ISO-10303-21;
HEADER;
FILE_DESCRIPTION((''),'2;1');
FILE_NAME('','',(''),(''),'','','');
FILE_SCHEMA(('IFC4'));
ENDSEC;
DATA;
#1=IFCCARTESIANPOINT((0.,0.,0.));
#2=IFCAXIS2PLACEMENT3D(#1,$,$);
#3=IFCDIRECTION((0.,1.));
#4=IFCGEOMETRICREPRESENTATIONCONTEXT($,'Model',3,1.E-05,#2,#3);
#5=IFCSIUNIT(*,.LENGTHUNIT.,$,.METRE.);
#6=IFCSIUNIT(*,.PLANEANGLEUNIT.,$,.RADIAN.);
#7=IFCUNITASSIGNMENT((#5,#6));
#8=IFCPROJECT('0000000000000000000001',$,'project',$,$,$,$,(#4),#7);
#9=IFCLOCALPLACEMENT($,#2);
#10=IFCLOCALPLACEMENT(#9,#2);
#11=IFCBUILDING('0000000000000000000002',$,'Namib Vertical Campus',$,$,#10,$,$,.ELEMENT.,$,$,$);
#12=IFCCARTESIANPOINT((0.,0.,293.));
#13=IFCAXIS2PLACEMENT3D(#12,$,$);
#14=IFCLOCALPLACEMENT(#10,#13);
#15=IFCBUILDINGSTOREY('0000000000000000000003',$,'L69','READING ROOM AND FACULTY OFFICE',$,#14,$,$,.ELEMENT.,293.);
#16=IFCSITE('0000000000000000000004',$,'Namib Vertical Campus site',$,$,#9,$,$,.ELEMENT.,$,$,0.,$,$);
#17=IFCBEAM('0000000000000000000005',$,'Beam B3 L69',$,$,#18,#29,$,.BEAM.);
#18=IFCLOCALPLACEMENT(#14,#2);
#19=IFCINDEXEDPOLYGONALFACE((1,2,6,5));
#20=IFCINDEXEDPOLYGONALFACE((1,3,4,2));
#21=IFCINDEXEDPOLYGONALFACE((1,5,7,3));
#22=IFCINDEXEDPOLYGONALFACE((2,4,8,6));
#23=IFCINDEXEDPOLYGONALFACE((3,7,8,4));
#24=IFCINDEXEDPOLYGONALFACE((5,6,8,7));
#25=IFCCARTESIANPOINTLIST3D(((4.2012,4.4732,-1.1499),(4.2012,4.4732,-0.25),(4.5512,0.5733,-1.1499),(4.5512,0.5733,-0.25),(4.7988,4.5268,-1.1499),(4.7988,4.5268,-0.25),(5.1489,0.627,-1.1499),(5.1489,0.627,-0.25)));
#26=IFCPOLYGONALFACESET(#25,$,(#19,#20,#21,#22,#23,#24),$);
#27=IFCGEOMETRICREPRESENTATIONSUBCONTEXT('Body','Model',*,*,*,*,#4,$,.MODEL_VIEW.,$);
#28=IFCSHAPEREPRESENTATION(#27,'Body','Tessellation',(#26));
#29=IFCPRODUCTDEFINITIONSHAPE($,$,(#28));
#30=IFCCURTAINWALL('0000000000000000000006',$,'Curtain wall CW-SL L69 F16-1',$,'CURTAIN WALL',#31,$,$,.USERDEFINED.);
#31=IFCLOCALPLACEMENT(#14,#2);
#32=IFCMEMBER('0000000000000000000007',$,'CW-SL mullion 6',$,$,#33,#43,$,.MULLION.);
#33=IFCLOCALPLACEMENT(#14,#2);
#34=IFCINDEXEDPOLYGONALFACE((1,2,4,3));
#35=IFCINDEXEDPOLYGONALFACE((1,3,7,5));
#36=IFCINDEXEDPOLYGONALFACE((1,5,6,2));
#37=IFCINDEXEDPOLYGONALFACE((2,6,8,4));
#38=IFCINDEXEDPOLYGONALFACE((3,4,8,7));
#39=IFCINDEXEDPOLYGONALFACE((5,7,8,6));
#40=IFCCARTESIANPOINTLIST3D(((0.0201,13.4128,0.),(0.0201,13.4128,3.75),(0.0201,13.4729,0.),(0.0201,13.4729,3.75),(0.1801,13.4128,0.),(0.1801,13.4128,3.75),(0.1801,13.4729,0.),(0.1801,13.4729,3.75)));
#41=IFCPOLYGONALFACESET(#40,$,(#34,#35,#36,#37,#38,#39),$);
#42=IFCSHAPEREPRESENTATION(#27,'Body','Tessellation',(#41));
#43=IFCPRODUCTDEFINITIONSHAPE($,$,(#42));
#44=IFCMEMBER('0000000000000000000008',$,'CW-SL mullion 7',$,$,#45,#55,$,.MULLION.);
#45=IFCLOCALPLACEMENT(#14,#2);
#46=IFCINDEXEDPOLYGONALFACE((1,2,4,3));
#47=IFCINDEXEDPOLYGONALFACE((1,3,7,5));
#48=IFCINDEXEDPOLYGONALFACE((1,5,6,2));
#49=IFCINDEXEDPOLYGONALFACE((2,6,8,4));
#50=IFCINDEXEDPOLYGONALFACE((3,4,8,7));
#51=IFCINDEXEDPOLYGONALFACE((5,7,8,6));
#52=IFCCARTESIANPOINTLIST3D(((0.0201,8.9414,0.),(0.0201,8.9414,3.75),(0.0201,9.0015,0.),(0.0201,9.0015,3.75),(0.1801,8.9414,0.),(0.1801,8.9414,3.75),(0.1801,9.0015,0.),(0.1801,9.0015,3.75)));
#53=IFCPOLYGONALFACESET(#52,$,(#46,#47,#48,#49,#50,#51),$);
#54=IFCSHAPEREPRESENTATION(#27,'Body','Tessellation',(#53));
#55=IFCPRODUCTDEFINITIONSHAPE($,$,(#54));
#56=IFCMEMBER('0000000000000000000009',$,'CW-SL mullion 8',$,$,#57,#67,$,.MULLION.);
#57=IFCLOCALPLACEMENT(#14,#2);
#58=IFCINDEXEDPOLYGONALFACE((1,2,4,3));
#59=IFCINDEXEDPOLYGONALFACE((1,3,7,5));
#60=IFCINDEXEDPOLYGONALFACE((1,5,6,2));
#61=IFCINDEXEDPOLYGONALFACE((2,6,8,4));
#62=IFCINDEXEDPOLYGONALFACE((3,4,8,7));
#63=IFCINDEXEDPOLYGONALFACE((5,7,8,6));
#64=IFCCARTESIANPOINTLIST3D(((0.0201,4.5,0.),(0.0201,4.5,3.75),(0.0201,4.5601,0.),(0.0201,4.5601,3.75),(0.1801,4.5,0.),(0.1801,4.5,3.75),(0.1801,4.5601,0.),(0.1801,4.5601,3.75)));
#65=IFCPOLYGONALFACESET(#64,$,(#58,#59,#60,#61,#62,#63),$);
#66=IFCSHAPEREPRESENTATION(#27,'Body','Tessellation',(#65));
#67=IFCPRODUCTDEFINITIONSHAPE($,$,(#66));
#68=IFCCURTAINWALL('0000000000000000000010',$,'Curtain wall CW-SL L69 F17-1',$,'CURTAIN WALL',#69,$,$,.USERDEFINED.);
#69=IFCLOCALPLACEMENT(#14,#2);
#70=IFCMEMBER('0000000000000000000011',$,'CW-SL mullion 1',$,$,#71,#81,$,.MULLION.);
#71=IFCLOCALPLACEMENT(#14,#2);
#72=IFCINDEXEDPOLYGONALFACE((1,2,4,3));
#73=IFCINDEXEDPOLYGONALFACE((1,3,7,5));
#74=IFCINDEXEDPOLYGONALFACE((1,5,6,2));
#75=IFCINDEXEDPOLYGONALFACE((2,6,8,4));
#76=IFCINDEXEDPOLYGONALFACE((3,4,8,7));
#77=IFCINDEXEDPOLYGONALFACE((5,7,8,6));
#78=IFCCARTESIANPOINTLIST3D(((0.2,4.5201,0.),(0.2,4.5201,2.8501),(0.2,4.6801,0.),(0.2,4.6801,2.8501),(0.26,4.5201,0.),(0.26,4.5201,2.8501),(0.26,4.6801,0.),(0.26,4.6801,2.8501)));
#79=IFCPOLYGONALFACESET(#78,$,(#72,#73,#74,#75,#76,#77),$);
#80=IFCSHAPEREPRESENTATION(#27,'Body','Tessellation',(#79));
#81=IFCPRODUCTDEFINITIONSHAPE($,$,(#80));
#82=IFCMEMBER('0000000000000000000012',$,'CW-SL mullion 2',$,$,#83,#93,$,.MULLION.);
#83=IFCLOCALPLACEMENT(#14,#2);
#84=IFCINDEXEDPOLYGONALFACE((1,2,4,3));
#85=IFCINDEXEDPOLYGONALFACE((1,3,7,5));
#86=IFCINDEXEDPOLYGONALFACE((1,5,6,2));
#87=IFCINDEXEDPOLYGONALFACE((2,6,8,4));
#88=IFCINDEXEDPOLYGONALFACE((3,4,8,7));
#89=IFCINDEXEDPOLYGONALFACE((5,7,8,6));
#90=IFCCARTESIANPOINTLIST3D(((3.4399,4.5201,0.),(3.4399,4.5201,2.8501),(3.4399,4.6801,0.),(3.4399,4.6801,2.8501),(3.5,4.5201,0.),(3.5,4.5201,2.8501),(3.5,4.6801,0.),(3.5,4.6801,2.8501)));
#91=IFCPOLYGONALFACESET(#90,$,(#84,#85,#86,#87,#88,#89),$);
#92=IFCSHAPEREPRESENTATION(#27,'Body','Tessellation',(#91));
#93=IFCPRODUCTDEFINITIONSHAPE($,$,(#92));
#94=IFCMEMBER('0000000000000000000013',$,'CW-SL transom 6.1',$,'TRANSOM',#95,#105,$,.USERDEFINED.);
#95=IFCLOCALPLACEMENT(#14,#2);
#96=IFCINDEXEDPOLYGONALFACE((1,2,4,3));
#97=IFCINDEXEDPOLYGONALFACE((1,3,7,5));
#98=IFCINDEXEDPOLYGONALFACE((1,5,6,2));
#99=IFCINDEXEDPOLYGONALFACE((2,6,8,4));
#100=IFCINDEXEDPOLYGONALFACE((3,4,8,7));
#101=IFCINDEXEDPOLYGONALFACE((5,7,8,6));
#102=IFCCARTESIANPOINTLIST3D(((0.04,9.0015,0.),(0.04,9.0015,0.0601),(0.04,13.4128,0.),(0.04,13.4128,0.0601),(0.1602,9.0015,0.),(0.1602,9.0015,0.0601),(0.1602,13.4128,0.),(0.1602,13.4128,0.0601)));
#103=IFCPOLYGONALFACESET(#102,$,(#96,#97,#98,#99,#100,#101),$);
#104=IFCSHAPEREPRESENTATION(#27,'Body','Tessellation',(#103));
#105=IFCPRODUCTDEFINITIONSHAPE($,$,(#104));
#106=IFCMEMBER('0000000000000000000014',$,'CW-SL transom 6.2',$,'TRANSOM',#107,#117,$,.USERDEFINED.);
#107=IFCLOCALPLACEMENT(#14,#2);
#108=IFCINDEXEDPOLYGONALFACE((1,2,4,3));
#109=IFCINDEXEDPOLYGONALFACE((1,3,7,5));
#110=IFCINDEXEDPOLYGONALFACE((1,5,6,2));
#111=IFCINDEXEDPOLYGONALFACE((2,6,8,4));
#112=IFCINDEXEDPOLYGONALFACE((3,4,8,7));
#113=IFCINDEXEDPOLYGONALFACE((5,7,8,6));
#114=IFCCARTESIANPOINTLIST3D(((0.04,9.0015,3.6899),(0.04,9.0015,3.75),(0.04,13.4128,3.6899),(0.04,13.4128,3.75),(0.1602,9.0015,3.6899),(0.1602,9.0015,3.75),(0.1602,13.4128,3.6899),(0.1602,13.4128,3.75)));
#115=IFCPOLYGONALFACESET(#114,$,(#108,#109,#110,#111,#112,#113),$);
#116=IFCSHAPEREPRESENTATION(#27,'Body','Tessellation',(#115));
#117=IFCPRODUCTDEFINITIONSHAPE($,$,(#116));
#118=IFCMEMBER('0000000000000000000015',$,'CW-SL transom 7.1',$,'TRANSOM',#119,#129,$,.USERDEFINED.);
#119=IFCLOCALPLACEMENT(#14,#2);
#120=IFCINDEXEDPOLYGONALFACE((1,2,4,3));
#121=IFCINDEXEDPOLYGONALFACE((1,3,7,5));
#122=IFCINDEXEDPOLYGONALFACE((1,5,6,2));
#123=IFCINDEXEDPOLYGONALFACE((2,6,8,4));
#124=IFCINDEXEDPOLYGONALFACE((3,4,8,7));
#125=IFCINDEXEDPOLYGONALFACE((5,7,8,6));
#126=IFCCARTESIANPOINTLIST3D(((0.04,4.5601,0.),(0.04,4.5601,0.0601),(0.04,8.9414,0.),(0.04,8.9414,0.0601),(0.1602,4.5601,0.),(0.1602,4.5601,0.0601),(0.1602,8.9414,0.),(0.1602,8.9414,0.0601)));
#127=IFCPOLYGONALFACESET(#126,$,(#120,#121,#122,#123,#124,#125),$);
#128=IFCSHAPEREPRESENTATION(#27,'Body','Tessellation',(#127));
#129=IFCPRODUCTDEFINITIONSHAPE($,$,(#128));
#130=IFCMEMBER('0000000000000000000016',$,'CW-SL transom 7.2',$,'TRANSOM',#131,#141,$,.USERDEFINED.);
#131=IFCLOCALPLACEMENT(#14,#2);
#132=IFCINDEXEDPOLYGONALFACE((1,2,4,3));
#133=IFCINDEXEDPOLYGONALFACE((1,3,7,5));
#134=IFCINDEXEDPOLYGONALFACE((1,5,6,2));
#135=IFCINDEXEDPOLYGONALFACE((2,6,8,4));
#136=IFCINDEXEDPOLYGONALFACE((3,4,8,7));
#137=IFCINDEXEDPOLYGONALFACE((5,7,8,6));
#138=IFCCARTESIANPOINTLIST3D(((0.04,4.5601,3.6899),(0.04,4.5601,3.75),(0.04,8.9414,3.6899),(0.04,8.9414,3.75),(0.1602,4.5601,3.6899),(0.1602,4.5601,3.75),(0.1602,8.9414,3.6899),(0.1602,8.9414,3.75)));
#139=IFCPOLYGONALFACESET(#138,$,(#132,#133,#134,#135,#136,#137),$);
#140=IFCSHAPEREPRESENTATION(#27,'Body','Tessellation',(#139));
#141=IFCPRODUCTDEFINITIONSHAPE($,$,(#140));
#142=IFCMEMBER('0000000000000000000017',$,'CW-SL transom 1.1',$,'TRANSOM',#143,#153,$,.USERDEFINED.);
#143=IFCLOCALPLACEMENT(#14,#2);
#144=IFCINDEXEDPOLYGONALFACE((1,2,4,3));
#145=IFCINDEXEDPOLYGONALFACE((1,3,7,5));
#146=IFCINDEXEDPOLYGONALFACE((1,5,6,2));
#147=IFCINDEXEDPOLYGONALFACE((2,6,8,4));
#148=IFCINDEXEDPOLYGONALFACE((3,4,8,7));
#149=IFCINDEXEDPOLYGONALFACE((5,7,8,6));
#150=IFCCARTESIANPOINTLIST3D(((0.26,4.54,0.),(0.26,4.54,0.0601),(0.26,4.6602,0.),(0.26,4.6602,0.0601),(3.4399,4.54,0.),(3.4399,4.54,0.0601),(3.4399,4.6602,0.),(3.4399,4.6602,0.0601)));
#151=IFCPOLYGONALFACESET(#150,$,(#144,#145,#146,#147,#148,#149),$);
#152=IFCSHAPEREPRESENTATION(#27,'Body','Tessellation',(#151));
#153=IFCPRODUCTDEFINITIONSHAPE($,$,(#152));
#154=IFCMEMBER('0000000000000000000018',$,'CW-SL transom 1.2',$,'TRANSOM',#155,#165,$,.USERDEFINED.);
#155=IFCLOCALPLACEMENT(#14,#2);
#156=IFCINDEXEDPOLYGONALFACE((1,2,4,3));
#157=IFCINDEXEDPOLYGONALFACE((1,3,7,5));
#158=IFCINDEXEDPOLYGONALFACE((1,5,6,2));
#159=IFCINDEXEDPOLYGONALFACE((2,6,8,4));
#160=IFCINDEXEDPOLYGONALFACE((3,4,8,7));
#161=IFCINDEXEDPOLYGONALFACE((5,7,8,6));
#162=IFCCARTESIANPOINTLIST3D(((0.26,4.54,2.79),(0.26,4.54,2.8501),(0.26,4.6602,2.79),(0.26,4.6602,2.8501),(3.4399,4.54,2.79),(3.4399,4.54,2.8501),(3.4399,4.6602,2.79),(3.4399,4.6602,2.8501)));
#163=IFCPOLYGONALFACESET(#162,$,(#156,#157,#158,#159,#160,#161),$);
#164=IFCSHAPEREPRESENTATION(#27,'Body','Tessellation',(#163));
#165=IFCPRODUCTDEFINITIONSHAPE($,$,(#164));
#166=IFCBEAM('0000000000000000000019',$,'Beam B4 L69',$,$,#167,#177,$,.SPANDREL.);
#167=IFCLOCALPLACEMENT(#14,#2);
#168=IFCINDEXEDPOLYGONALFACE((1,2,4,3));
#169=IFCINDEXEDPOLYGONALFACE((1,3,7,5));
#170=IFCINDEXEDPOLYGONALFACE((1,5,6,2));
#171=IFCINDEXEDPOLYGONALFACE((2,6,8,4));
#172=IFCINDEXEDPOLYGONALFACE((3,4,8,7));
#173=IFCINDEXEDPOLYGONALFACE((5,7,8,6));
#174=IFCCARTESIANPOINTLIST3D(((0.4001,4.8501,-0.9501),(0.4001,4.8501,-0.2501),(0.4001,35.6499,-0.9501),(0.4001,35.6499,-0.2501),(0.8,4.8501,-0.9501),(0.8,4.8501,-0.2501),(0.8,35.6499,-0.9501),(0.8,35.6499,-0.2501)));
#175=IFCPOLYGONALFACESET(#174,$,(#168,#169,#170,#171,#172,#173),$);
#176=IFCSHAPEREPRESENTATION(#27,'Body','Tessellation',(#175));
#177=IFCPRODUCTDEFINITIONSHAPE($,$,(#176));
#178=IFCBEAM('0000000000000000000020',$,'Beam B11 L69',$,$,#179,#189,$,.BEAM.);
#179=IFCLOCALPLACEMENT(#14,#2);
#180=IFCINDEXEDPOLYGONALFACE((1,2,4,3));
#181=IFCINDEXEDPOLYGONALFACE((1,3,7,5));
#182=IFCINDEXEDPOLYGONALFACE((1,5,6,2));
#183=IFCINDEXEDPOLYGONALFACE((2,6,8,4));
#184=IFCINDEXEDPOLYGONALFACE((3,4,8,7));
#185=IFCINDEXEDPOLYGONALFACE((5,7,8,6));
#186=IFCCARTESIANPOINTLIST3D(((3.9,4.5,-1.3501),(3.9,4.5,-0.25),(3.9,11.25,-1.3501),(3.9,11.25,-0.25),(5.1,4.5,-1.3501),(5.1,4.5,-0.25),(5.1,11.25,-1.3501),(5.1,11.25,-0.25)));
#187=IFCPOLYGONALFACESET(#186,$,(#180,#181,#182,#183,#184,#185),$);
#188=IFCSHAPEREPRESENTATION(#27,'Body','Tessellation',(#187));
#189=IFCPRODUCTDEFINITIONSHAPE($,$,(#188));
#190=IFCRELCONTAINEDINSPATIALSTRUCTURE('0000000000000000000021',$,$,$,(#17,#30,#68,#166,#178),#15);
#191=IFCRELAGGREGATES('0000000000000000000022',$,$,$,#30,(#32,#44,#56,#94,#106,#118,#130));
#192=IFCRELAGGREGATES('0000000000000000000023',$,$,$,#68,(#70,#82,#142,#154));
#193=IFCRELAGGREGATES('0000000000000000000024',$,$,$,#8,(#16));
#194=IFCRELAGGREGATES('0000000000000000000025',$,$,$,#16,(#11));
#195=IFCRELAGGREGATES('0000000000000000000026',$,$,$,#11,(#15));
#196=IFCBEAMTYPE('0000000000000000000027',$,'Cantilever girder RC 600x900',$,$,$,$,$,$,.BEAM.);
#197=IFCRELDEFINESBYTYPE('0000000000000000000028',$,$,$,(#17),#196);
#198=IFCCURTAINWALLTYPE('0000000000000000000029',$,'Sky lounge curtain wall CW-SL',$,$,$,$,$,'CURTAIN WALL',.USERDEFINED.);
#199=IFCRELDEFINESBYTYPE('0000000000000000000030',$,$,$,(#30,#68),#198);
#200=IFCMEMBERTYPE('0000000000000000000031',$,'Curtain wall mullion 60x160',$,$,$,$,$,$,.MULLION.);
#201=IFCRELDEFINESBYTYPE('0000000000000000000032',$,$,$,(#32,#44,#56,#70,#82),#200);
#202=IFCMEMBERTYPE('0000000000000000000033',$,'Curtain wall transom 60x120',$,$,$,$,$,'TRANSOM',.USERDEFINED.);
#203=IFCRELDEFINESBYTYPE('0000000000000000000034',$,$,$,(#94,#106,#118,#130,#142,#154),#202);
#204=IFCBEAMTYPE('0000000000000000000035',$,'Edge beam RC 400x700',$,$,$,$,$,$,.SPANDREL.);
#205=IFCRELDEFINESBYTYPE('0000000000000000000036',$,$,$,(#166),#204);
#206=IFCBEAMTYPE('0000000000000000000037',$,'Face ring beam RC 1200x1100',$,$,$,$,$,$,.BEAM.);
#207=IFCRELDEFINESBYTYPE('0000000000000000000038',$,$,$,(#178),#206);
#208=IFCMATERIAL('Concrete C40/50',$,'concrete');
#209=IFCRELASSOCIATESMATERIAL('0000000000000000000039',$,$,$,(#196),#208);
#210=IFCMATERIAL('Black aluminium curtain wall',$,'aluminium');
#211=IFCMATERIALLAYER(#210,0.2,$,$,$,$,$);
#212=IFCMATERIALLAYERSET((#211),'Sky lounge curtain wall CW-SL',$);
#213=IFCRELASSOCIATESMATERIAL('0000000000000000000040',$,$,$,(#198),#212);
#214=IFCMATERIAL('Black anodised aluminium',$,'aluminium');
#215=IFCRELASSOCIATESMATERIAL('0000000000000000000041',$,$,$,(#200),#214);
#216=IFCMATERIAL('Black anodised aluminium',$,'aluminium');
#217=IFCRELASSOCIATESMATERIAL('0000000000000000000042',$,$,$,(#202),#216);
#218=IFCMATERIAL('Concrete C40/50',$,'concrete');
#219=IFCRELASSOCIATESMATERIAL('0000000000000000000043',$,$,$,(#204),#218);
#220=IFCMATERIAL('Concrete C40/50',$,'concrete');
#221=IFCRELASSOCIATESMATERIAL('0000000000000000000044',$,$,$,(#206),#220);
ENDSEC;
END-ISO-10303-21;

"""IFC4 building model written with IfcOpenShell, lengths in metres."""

from ifc_helpers import new_model, si_unit, direction, frame, origin, origin_2d, place, context, subcontext, project, spatial, rectangle, extrude, material, layer, layer_set, material_profile, profile_set, type_object, element, aggregate, save


model = new_model("IFC4")

# Units and contexts
model_context = context("Model", 3, precision=1e-05, world=origin(), true_north=direction((0.0, 1.0)))
body_context = subcontext(model_context, "Body", "Model", "MODEL_VIEW")
ifc_project = project(units=[si_unit("LENGTHUNIT", "METRE"), si_unit("PLANEANGLEUNIT", "RADIAN")], contexts=[model_context])

# Site, building, storey
site_placement = place(None, origin())
site = spatial("IfcSite", under=ifc_project, at=site_placement, Name="Namib Vertical Campus site", CompositionType="ELEMENT", RefElevation=0.0)
building_placement = place(site_placement, origin())
building = spatial("IfcBuilding", under=site, at=building_placement, Name="Namib Vertical Campus", CompositionType="ELEMENT")
storey_placement = place(building_placement, frame((0.0, 0.0, 293.0)))
storey = spatial("IfcBuildingStorey", under=building, at=storey_placement, Name="L69", Description="READING ROOM AND FACULTY OFFICE", CompositionType="ELEMENT", Elevation=293.0)

# Beam
ifc_material_1 = material(Name="Concrete C40/50", Category="concrete")
ifc_material_profile_1 = material_profile(ifc_material_1, rectangle(XDim=0.6001, YDim=0.8999, at=origin_2d()))
ifc_profile_set_1 = profile_set([ifc_material_profile_1], Name="Concrete C40/50")
beam_type_1 = type_object("IfcBeamType", Name="Cantilever girder RC 600x900", PredefinedType="BEAM", material=ifc_profile_set_1)
beam_1_placement = place(storey_placement, frame((4.5, 4.5, -0.7), z_axis=(0.089411, -0.995995, 0.0), x_axis=(0.995995, 0.089411, 0.0)))
element("IfcBeam", 1, at=beam_1_placement, inside=storey, type_object=beam_type_1, Name="Beam B3 L69", PredefinedType="BEAM", context=body_context, shape_type="SweptSolid", body=[
    extrude(rectangle(XDim=0.6001, YDim=0.8999, at=origin_2d()), origin(), (0.0, 0.0, 1.0), 3.9155),
])

# Curtain walls, members
ifc_material_2 = material(Name="Black aluminium curtain wall", Category="aluminium")
ifc_layer_1 = layer(ifc_material_2, 0.2)
ifc_layer_set_1 = layer_set([ifc_layer_1], Name="Sky lounge curtain wall CW-SL")
curtain_wall_type = type_object("IfcCurtainWallType", Name="Sky lounge curtain wall CW-SL", ElementType="CURTAIN WALL", PredefinedType="USERDEFINED", material=ifc_layer_set_1)
curtain_wall_1_placement = place(storey_placement, origin())
curtain_wall_1 = element("IfcCurtainWall", 2, at=curtain_wall_1_placement, inside=storey, type_object=curtain_wall_type, Name="Curtain wall CW-SL L69 F16-1", ObjectType="CURTAIN WALL", PredefinedType="USERDEFINED")
ifc_material_3 = material(Name="Black anodised aluminium", Category="aluminium")
ifc_material_profile_2 = material_profile(ifc_material_3, rectangle(XDim=0.0601, YDim=0.1599, at=origin_2d()))
ifc_profile_set_2 = profile_set([ifc_material_profile_2], Name="Black anodised aluminium")
member_type_1 = type_object("IfcMemberType", Name="Curtain wall mullion 60x160", PredefinedType="MULLION", material=ifc_profile_set_2)
member_1_placement = place(storey_placement, frame((0.1001, 13.4429, 0.0), z_axis=(0.0, 0.0, 1.0), x_axis=(0.0, -1.0, 0.0)))
member_1 = element("IfcMember", 3, at=member_1_placement, type_object=member_type_1, Name="CW-SL mullion 6", PredefinedType="MULLION", context=body_context, shape_type="SweptSolid", body=[
    extrude(rectangle(XDim=0.0601, YDim=0.1599, at=origin_2d()), origin(), (0.0, 0.0, 1.0), 3.75),
])
member_2_placement = place(storey_placement, frame((0.1001, 8.9714, 0.0), z_axis=(0.0, 0.0, 1.0), x_axis=(0.0, -1.0, 0.0)))
member_2 = element("IfcMember", 4, at=member_2_placement, type_object=member_type_1, Name="CW-SL mullion 7", PredefinedType="MULLION", context=body_context, shape_type="SweptSolid", body=[
    extrude(rectangle(XDim=0.0601, YDim=0.1599, at=origin_2d()), origin(), (0.0, 0.0, 1.0), 3.75),
])
member_3_placement = place(storey_placement, frame((0.1001, 4.53, 0.0), z_axis=(0.0, 0.0, 1.0), x_axis=(0.0, -1.0, 0.0)))
member_3 = element("IfcMember", 5, at=member_3_placement, type_object=member_type_1, Name="CW-SL mullion 8", PredefinedType="MULLION", context=body_context, shape_type="SweptSolid", body=[
    extrude(rectangle(XDim=0.0601, YDim=0.1599, at=origin_2d()), origin(), (0.0, 0.0, 1.0), 3.75),
])
curtain_wall_2_placement = place(storey_placement, origin())
curtain_wall_2 = element("IfcCurtainWall", 6, at=curtain_wall_2_placement, inside=storey, type_object=curtain_wall_type, Name="Curtain wall CW-SL L69 F17-1", ObjectType="CURTAIN WALL", PredefinedType="USERDEFINED")
member_4_placement = place(storey_placement, frame((0.23, 4.6001, 0.0), z_axis=(0.0, 0.0, 1.0), x_axis=(1.0, 0.0, 0.0)))
member_4 = element("IfcMember", 7, at=member_4_placement, type_object=member_type_1, Name="CW-SL mullion 1", PredefinedType="MULLION", context=body_context, shape_type="SweptSolid", body=[
    extrude(rectangle(XDim=0.0601, YDim=0.1599, at=origin_2d()), origin(), (0.0, 0.0, 1.0), 2.8501),
])
member_5_placement = place(storey_placement, frame((3.47, 4.6001, 0.0), z_axis=(0.0, 0.0, 1.0), x_axis=(1.0, 0.0, 0.0)))
member_5 = element("IfcMember", 8, at=member_5_placement, type_object=member_type_1, Name="CW-SL mullion 2", PredefinedType="MULLION", context=body_context, shape_type="SweptSolid", body=[
    extrude(rectangle(XDim=0.0601, YDim=0.1599, at=origin_2d()), origin(), (0.0, 0.0, 1.0), 2.8501),
])

# Members
ifc_material_4 = material(Name="Black anodised aluminium", Category="aluminium")
ifc_material_profile_3 = material_profile(ifc_material_4, rectangle(XDim=0.0601, YDim=0.1201, at=origin_2d()))
ifc_profile_set_3 = profile_set([ifc_material_profile_3], Name="Black anodised aluminium")
member_type_2 = type_object("IfcMemberType", Name="Curtain wall transom 60x120", ElementType="TRANSOM", PredefinedType="USERDEFINED", material=ifc_profile_set_3)
member_6_placement = place(storey_placement, frame((0.1001, 13.4128, 0.03), z_axis=(0.0, -1.0, 0.0), x_axis=(0.0, 0.0, 1.0)))
member_6 = element("IfcMember", 9, at=member_6_placement, type_object=member_type_2, Name="CW-SL transom 6.1", ObjectType="TRANSOM", PredefinedType="USERDEFINED", context=body_context, shape_type="SweptSolid", body=[
    extrude(rectangle(XDim=0.0601, YDim=0.1201, at=origin_2d()), origin(), (0.0, 0.0, 1.0), 4.4114),
])
member_7_placement = place(storey_placement, frame((0.1001, 13.4128, 3.72), z_axis=(0.0, -1.0, 0.0), x_axis=(0.0, 0.0, 1.0)))
member_7 = element("IfcMember", 10, at=member_7_placement, type_object=member_type_2, Name="CW-SL transom 6.2", ObjectType="TRANSOM", PredefinedType="USERDEFINED", context=body_context, shape_type="SweptSolid", body=[
    extrude(rectangle(XDim=0.0601, YDim=0.1201, at=origin_2d()), origin(), (0.0, 0.0, 1.0), 4.4114),
])
member_8_placement = place(storey_placement, frame((0.1001, 8.9414, 0.03), z_axis=(0.0, -1.0, 0.0), x_axis=(0.0, 0.0, 1.0)))
member_8 = element("IfcMember", 11, at=member_8_placement, type_object=member_type_2, Name="CW-SL transom 7.1", ObjectType="TRANSOM", PredefinedType="USERDEFINED", context=body_context, shape_type="SweptSolid", body=[
    extrude(rectangle(XDim=0.0601, YDim=0.1201, at=origin_2d()), origin(), (0.0, 0.0, 1.0), 4.3813),
])
member_9_placement = place(storey_placement, frame((0.1001, 8.9414, 3.72), z_axis=(0.0, -1.0, 0.0), x_axis=(0.0, 0.0, 1.0)))
member_9 = element("IfcMember", 12, at=member_9_placement, type_object=member_type_2, Name="CW-SL transom 7.2", ObjectType="TRANSOM", PredefinedType="USERDEFINED", context=body_context, shape_type="SweptSolid", body=[
    extrude(rectangle(XDim=0.0601, YDim=0.1201, at=origin_2d()), origin(), (0.0, 0.0, 1.0), 4.3813),
])
member_10_placement = place(storey_placement, frame((0.26, 4.6001, 0.03), z_axis=(1.0, 0.0, 0.0), x_axis=(0.0, 0.0, 1.0)))
member_10 = element("IfcMember", 13, at=member_10_placement, type_object=member_type_2, Name="CW-SL transom 1.1", ObjectType="TRANSOM", PredefinedType="USERDEFINED", context=body_context, shape_type="SweptSolid", body=[
    extrude(rectangle(XDim=0.0601, YDim=0.1201, at=origin_2d()), origin(), (0.0, 0.0, 1.0), 3.1799),
])
member_11_placement = place(storey_placement, frame((0.26, 4.6001, 2.8201), z_axis=(1.0, 0.0, 0.0), x_axis=(0.0, 0.0, 1.0)))
member_11 = element("IfcMember", 14, at=member_11_placement, type_object=member_type_2, Name="CW-SL transom 1.2", ObjectType="TRANSOM", PredefinedType="USERDEFINED", context=body_context, shape_type="SweptSolid", body=[
    extrude(rectangle(XDim=0.0601, YDim=0.1201, at=origin_2d()), origin(), (0.0, 0.0, 1.0), 3.1799),
])

# Beams
ifc_material_5 = material(Name="Concrete C40/50", Category="concrete")
ifc_material_profile_4 = material_profile(ifc_material_5, rectangle(XDim=0.3999, YDim=0.7, at=origin_2d()))
ifc_profile_set_4 = profile_set([ifc_material_profile_4], Name="Concrete C40/50")
beam_type_2 = type_object("IfcBeamType", Name="Edge beam RC 400x700", PredefinedType="SPANDREL", material=ifc_profile_set_4)
beam_2_placement = place(storey_placement, frame((0.6001, 4.8501, -0.6001), z_axis=(0.0, 1.0, 0.0), x_axis=(-1.0, 0.0, 0.0)))
element("IfcBeam", 15, at=beam_2_placement, inside=storey, type_object=beam_type_2, Name="Beam B4 L69", PredefinedType="SPANDREL", context=body_context, shape_type="SweptSolid", body=[
    extrude(rectangle(XDim=0.3999, YDim=0.7, at=origin_2d()), origin(), (0.0, 0.0, 1.0), 30.7998),
])
ifc_material_6 = material(Name="Concrete C40/50", Category="concrete")
ifc_material_profile_5 = material_profile(ifc_material_6, rectangle(XDim=1.2, YDim=1.1001, at=origin_2d()))
ifc_profile_set_5 = profile_set([ifc_material_profile_5], Name="Concrete C40/50")
beam_type_3 = type_object("IfcBeamType", Name="Face ring beam RC 1200x1100", PredefinedType="BEAM", material=ifc_profile_set_5)
beam_3_placement = place(storey_placement, frame((4.5, 4.5, -0.8), z_axis=(0.0, 1.0, 0.0), x_axis=(-1.0, 0.0, 0.0)))
element("IfcBeam", 16, at=beam_3_placement, inside=storey, type_object=beam_type_3, Name="Beam B11 L69", PredefinedType="BEAM", context=body_context, shape_type="SweptSolid", body=[
    extrude(rectangle(XDim=1.2, YDim=1.1001, at=origin_2d()), origin(), (0.0, 0.0, 1.0), 6.75),
])

aggregate(curtain_wall_1, [member_1, member_2, member_3, member_6, member_7, member_8, member_9])
aggregate(curtain_wall_2, [member_4, member_5, member_10, member_11])

save(model, "model.ifc")
